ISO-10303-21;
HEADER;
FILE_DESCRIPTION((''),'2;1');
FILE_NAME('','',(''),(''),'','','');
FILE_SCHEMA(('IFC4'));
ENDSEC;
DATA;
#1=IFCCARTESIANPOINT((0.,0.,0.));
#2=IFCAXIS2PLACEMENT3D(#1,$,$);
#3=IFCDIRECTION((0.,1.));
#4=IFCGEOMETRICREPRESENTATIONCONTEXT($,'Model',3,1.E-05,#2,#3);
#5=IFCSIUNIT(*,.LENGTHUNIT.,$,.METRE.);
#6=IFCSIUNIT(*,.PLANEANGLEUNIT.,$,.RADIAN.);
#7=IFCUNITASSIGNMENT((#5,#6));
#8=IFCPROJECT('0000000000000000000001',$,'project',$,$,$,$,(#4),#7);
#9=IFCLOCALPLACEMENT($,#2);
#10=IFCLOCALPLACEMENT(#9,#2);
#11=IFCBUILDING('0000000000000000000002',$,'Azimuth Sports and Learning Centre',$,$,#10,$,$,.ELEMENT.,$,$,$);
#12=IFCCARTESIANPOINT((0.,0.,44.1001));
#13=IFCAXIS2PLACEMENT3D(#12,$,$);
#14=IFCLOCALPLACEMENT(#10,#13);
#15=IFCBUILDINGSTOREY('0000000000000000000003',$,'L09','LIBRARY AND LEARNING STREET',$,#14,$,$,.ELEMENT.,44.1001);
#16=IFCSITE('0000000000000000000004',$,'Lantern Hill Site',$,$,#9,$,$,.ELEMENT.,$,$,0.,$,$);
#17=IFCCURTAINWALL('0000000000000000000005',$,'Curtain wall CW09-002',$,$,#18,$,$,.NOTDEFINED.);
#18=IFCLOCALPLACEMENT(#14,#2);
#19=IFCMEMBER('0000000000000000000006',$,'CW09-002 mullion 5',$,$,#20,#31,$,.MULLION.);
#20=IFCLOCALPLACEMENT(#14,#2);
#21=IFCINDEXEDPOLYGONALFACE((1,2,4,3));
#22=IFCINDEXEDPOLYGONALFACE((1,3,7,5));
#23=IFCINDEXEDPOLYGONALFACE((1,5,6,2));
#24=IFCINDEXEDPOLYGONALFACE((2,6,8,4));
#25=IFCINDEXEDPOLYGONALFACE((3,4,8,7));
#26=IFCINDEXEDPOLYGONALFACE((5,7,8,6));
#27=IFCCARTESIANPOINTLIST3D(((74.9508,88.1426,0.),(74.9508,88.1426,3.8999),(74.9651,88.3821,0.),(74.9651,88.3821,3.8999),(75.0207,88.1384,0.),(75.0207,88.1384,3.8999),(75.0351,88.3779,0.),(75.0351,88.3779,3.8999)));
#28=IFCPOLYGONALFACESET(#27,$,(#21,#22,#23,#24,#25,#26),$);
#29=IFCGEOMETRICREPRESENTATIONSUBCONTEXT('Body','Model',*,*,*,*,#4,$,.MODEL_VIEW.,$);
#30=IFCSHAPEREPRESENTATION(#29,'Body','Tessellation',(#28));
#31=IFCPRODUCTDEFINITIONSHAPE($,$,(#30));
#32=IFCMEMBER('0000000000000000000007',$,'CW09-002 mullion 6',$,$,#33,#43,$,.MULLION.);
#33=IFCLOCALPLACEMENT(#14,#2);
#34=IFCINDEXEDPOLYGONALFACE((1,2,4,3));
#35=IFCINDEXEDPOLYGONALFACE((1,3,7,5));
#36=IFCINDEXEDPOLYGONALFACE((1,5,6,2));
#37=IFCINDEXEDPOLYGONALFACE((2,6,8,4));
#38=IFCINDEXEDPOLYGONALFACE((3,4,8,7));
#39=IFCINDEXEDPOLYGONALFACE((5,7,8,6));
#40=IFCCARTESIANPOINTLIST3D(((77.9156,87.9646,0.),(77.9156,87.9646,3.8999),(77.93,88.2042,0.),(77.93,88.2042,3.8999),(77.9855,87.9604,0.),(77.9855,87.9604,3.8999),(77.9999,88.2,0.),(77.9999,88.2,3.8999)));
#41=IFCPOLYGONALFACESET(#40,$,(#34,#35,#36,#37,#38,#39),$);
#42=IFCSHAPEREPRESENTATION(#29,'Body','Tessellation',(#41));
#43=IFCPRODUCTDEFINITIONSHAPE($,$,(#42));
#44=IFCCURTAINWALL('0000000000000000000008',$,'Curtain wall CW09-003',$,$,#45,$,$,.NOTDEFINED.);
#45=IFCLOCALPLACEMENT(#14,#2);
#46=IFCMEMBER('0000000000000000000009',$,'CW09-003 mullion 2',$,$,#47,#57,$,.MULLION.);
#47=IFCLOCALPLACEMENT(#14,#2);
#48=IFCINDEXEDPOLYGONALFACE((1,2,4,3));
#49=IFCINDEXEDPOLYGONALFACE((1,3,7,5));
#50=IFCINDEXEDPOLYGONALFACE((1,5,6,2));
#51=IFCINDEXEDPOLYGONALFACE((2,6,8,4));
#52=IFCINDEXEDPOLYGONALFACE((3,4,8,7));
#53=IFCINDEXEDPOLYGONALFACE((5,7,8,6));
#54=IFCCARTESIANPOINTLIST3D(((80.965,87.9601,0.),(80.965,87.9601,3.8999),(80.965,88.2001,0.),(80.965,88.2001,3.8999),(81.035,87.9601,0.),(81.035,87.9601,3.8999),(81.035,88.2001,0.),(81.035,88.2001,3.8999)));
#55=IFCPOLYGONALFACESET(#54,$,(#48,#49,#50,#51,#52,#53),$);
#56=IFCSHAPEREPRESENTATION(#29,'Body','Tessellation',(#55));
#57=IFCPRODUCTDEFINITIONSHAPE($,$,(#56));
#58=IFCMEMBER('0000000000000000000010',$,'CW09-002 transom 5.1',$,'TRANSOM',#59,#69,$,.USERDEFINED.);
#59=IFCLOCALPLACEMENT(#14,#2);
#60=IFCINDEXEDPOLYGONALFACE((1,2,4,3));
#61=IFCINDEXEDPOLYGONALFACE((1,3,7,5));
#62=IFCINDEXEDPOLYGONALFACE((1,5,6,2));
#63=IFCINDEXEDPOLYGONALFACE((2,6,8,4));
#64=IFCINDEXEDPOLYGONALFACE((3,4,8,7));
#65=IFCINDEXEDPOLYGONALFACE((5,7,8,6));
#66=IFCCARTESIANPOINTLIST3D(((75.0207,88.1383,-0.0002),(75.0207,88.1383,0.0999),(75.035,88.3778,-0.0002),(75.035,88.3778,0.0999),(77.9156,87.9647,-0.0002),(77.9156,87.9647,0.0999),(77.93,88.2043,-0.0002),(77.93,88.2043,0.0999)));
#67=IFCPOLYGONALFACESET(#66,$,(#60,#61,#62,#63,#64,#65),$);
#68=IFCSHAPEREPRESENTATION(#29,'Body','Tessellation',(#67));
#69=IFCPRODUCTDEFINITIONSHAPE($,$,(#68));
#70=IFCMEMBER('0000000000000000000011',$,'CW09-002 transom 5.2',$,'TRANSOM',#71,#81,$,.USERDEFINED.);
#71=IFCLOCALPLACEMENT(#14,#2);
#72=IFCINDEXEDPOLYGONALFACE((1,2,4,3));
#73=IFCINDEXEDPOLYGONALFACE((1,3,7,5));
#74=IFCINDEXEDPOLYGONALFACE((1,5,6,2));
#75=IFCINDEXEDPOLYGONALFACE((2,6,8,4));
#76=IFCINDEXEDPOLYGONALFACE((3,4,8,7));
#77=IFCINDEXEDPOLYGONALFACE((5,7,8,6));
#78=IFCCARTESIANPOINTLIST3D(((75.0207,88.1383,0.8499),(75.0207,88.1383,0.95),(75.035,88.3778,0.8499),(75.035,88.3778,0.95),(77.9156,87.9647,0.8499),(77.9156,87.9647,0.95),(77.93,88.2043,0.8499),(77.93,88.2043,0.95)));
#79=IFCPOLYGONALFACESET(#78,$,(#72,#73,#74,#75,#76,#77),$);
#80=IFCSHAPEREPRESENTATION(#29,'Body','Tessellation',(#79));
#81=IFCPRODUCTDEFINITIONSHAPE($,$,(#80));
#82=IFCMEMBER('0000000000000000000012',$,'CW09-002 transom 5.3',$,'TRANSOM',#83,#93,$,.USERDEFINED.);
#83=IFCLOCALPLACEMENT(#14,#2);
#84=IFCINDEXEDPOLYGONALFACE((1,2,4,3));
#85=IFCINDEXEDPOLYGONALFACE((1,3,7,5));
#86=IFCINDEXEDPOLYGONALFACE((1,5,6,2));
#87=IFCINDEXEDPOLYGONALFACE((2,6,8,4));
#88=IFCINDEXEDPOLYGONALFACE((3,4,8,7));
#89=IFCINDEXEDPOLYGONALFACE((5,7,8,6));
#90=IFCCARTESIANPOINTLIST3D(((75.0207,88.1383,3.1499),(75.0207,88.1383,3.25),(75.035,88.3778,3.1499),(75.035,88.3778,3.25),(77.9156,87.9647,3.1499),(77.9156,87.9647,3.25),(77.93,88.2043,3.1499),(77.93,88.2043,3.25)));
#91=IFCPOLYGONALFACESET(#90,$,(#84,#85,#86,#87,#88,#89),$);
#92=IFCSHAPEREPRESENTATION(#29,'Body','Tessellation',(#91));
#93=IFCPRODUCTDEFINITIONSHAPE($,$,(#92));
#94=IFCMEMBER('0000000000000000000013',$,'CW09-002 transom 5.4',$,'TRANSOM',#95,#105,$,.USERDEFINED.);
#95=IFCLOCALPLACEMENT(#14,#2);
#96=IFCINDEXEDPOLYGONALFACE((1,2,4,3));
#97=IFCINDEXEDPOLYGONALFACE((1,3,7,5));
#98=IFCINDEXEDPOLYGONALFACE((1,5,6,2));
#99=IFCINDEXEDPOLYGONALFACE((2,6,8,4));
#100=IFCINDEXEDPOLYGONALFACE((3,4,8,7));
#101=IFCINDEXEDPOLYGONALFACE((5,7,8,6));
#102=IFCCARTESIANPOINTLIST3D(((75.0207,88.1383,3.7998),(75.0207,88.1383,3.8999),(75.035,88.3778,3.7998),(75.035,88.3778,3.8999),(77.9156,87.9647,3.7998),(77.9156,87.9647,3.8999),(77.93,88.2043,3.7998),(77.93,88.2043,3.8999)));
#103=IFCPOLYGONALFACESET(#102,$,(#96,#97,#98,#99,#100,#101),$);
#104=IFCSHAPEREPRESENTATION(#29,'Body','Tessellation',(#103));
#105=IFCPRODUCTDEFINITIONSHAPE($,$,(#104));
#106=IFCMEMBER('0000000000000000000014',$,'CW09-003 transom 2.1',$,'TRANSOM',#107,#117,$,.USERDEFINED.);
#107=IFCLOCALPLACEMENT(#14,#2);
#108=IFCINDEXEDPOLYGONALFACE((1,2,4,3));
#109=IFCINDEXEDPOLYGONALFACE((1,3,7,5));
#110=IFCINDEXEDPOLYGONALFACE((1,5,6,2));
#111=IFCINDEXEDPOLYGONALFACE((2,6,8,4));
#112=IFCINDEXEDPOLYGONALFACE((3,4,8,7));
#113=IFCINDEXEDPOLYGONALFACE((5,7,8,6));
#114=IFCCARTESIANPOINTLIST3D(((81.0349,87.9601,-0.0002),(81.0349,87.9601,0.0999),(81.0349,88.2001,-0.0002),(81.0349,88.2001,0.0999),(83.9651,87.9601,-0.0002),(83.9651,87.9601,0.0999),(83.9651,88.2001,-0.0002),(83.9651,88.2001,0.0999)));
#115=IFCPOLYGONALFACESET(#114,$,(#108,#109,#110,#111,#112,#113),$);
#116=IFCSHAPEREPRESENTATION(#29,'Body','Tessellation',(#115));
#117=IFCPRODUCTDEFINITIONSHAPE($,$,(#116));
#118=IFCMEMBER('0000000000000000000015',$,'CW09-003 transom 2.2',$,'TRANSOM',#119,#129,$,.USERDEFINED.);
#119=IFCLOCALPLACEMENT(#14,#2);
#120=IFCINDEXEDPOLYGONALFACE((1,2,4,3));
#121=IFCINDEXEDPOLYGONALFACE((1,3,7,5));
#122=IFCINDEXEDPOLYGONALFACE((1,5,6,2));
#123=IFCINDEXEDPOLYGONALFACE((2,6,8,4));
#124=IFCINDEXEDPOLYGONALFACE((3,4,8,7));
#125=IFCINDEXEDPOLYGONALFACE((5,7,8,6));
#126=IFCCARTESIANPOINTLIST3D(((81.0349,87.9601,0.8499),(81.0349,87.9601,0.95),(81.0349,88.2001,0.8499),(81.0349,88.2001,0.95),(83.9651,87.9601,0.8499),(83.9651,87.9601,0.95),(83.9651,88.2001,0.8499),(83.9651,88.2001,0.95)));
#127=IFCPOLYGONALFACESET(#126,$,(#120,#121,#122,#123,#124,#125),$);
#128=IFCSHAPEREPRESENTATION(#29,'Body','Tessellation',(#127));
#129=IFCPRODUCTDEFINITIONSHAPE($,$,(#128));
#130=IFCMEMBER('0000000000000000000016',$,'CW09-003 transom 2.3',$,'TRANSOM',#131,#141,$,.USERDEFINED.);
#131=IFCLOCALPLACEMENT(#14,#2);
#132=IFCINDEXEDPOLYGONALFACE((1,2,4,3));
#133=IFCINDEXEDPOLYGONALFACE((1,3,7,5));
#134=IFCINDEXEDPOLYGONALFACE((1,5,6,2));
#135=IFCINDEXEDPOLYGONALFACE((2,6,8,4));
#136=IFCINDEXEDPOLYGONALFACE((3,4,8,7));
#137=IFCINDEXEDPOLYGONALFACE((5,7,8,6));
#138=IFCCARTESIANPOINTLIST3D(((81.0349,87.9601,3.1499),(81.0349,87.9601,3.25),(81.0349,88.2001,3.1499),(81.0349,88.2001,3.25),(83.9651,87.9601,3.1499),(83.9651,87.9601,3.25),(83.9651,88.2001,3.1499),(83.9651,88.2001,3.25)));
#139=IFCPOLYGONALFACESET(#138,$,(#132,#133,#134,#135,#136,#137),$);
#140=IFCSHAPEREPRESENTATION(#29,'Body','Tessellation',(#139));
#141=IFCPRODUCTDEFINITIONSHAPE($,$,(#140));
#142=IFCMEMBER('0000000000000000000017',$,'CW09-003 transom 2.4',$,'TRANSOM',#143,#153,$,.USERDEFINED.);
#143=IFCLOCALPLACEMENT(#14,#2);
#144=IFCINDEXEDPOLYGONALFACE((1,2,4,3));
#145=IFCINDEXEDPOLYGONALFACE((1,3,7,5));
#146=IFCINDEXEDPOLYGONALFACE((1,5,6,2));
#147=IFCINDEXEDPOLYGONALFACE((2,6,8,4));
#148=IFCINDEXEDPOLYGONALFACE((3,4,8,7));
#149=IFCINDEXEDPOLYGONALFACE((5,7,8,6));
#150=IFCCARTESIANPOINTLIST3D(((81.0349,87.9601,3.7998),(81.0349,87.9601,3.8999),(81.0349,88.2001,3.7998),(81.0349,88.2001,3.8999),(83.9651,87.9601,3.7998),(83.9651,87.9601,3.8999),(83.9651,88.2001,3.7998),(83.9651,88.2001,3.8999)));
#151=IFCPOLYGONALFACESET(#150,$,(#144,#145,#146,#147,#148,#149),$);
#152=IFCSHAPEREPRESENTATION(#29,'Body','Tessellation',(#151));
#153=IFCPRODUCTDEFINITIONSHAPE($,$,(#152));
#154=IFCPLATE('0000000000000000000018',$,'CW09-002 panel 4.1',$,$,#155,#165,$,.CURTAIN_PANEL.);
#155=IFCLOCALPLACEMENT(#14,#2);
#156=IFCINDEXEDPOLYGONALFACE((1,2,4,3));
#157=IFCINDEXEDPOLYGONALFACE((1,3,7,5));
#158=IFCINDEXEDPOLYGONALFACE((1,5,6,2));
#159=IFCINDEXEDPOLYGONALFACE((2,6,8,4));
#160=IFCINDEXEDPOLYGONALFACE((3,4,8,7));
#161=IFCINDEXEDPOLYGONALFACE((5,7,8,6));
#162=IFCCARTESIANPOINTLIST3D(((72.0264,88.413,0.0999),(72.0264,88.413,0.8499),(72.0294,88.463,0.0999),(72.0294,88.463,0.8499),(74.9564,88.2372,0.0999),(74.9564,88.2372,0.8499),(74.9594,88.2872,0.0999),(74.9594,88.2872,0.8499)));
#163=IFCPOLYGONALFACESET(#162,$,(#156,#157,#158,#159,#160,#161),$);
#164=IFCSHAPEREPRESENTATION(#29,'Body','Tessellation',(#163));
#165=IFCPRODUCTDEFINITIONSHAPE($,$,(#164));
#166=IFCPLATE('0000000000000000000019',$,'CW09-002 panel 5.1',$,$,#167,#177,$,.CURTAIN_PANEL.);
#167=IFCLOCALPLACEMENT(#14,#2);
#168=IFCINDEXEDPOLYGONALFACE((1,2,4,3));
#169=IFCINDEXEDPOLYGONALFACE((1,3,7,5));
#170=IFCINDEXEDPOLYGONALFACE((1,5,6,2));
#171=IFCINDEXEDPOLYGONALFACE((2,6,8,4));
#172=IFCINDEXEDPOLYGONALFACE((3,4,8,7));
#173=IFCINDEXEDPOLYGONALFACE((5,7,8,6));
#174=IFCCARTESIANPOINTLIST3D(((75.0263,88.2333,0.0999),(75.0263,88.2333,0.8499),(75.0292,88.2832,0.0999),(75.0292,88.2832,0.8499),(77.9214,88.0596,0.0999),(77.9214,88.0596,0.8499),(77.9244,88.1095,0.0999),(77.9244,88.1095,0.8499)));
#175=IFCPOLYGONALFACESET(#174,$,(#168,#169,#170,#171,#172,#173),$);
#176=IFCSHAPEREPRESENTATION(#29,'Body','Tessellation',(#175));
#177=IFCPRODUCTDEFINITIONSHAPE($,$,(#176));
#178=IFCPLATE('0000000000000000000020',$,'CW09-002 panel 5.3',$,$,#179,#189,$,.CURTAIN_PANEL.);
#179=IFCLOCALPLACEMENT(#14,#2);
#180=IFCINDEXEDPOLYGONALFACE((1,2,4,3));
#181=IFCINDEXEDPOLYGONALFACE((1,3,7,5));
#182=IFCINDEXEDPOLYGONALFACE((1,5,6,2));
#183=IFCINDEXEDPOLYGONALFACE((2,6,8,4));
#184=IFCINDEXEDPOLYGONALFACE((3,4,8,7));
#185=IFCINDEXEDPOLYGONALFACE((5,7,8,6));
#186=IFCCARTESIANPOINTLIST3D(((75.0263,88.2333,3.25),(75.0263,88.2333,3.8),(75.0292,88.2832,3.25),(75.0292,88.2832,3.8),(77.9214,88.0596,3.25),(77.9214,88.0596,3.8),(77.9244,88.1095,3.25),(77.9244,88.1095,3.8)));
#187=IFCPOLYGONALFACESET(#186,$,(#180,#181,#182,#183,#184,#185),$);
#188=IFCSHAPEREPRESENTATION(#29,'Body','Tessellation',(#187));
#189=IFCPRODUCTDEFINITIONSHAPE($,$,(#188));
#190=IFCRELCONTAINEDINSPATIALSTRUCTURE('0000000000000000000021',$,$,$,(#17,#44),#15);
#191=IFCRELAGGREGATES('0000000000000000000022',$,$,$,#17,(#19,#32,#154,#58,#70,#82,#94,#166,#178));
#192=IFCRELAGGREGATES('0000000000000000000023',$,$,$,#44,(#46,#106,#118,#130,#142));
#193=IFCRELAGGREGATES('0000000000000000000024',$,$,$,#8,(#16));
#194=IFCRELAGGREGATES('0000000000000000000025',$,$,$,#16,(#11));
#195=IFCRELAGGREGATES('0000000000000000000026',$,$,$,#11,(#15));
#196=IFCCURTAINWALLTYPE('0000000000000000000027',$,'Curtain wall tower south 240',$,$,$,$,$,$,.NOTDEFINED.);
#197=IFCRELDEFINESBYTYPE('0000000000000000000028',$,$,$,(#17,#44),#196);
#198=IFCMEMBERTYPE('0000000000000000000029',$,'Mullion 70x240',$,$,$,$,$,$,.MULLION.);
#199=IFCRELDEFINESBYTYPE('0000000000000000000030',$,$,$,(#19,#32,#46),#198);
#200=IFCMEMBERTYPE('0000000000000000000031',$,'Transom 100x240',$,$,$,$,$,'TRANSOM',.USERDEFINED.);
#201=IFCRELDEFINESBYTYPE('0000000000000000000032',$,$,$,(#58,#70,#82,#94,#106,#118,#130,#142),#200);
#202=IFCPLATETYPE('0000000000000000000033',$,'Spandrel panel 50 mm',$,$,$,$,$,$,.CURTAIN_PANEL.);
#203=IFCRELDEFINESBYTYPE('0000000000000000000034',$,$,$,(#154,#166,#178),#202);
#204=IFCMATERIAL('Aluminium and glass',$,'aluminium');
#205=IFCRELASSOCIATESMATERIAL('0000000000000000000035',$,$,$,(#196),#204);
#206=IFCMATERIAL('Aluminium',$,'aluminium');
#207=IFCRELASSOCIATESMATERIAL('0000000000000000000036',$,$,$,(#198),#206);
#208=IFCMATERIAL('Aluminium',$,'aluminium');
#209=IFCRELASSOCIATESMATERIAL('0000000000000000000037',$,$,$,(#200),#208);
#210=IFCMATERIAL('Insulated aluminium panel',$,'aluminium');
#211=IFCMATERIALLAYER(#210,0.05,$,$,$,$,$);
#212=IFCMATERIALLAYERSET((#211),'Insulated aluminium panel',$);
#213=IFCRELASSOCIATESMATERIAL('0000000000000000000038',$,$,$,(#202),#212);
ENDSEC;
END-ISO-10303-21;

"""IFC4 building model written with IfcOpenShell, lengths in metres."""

from ifc_helpers import new_model, si_unit, direction, frame, origin, origin_2d, place, context, subcontext, project, spatial, rectangle, extrude, material, layer, layer_set, material_profile, profile_set, type_object, element, aggregate, save


model = new_model("IFC4")

# Units and contexts
model_context = context("Model", 3, precision=1e-05, world=origin(), true_north=direction((0.0, 1.0)))
body_context = subcontext(model_context, "Body", "Model", "MODEL_VIEW")
ifc_project = project(units=[si_unit("LENGTHUNIT", "METRE"), si_unit("PLANEANGLEUNIT", "RADIAN")], contexts=[model_context])

# Site, building, storey
site_placement = place(None, origin())
site = spatial("IfcSite", under=ifc_project, at=site_placement, Name="Lantern Hill Site", CompositionType="ELEMENT", RefElevation=0.0)
building_placement = place(site_placement, origin())
building = spatial("IfcBuilding", under=site, at=building_placement, Name="Azimuth Sports and Learning Centre", CompositionType="ELEMENT")
storey_placement = place(building_placement, frame((0.0, 0.0, 44.1001)))
storey = spatial("IfcBuildingStorey", under=building, at=storey_placement, Name="L09", Description="LIBRARY AND LEARNING STREET", CompositionType="ELEMENT", Elevation=44.1001)

# Curtain wall, members
ifc_material_1 = material(Name="Aluminium and glass", Category="aluminium")
curtain_wall_type = type_object("IfcCurtainWallType", Name="Curtain wall tower south 240", PredefinedType="NOTDEFINED", material=ifc_material_1)
curtain_wall_1_placement = place(storey_placement, origin())
curtain_wall_1 = element("IfcCurtainWall", 1, at=curtain_wall_1_placement, inside=storey, type_object=curtain_wall_type, Name="Curtain wall CW09-002", PredefinedType="NOTDEFINED")
ifc_material_2 = material(Name="Aluminium", Category="aluminium")
ifc_material_profile_1 = material_profile(ifc_material_2, rectangle(XDim=0.24, YDim=0.0701, at=origin_2d()), Name="Mullion 70x240")
ifc_profile_set_1 = profile_set([ifc_material_profile_1], Name="Aluminium")
member_type_1 = type_object("IfcMemberType", Name="Mullion 70x240", PredefinedType="MULLION", material=ifc_profile_set_1)
member_1_placement = place(storey_placement, frame((74.9929, 88.2603, 0.0), z_axis=(0.0, 0.0, 1.0), x_axis=(0.059892, 0.998205, 0.0)))
member_1 = element("IfcMember", 2, at=member_1_placement, type_object=member_type_1, Name="CW09-002 mullion 5", PredefinedType="MULLION", context=body_context, shape_type="SweptSolid", body=[
    extrude(rectangle(XDim=0.24, YDim=0.0701, at=origin_2d()), origin(), (0.0, 0.0, 1.0), 3.8999),
])
member_2_placement = place(storey_placement, frame((77.9578, 88.0823, 0.0), z_axis=(0.0, 0.0, 1.0), x_axis=(0.059892, 0.998205, 0.0)))
member_2 = element("IfcMember", 3, at=member_2_placement, type_object=member_type_1, Name="CW09-002 mullion 6", PredefinedType="MULLION", context=body_context, shape_type="SweptSolid", body=[
    extrude(rectangle(XDim=0.24, YDim=0.0701, at=origin_2d()), origin(), (0.0, 0.0, 1.0), 3.8999),
])

# Curtain wall, member
curtain_wall_2_placement = place(storey_placement, origin())
curtain_wall_2 = element("IfcCurtainWall", 4, at=curtain_wall_2_placement, inside=storey, type_object=curtain_wall_type, Name="Curtain wall CW09-003", PredefinedType="NOTDEFINED")
member_3_placement = place(storey_placement, frame((81.0, 88.0801, 0.0), z_axis=(0.0, 0.0, 1.0), x_axis=(0.0, 1.0, 0.0)))
member_3 = element("IfcMember", 5, at=member_3_placement, type_object=member_type_1, Name="CW09-003 mullion 2", PredefinedType="MULLION", context=body_context, shape_type="SweptSolid", body=[
    extrude(rectangle(XDim=0.24, YDim=0.0701, at=origin_2d()), origin(), (0.0, 0.0, 1.0), 3.8999),
])

# Members
ifc_material_3 = material(Name="Aluminium", Category="aluminium")
ifc_material_profile_2 = material_profile(ifc_material_3, rectangle(XDim=0.24, YDim=0.1001, at=origin_2d()), Name="Transom 100x240")
ifc_profile_set_2 = profile_set([ifc_material_profile_2], Name="Aluminium")
member_type_2 = type_object("IfcMemberType", Name="Transom 100x240", ElementType="TRANSOM", PredefinedType="USERDEFINED", material=ifc_profile_set_2)
member_4_placement = place(storey_placement, frame((75.0278, 88.2581, 0.0498), z_axis=(0.998207, -0.059852, 0.0), x_axis=(0.059852, 0.998207, 0.0)))
member_4 = element("IfcMember", 6, at=member_4_placement, type_object=member_type_2, Name="CW09-002 transom 5.1", ObjectType="TRANSOM", PredefinedType="USERDEFINED", context=body_context, shape_type="SweptSolid", body=[
    extrude(rectangle(XDim=0.24, YDim=0.1001, at=origin_2d()), origin(), (0.0, 0.0, 1.0), 2.9001),
])
member_5_placement = place(storey_placement, frame((75.0278, 88.2581, 0.8999), z_axis=(0.998207, -0.059852, 0.0), x_axis=(0.059852, 0.998207, 0.0)))
member_5 = element("IfcMember", 7, at=member_5_placement, type_object=member_type_2, Name="CW09-002 transom 5.2", ObjectType="TRANSOM", PredefinedType="USERDEFINED", context=body_context, shape_type="SweptSolid", body=[
    extrude(rectangle(XDim=0.24, YDim=0.1001, at=origin_2d()), origin(), (0.0, 0.0, 1.0), 2.9001),
])
member_6_placement = place(storey_placement, frame((75.0278, 88.2581, 3.2), z_axis=(0.998207, -0.059852, 0.0), x_axis=(0.059852, 0.998207, 0.0)))
member_6 = element("IfcMember", 8, at=member_6_placement, type_object=member_type_2, Name="CW09-002 transom 5.3", ObjectType="TRANSOM", PredefinedType="USERDEFINED", context=body_context, shape_type="SweptSolid", body=[
    extrude(rectangle(XDim=0.24, YDim=0.1001, at=origin_2d()), origin(), (0.0, 0.0, 1.0), 2.9001),
])
member_7_placement = place(storey_placement, frame((75.0278, 88.2581, 3.8499), z_axis=(0.998207, -0.059852, 0.0), x_axis=(0.059852, 0.998207, 0.0)))
member_7 = element("IfcMember", 9, at=member_7_placement, type_object=member_type_2, Name="CW09-002 transom 5.4", ObjectType="TRANSOM", PredefinedType="USERDEFINED", context=body_context, shape_type="SweptSolid", body=[
    extrude(rectangle(XDim=0.24, YDim=0.1001, at=origin_2d()), origin(), (0.0, 0.0, 1.0), 2.9001),
])
member_8_placement = place(storey_placement, frame((81.0349, 88.0801, 0.0498), z_axis=(1.0, 0.0, 0.0), x_axis=(0.0, 1.0, 0.0)))
member_8 = element("IfcMember", 10, at=member_8_placement, type_object=member_type_2, Name="CW09-003 transom 2.1", ObjectType="TRANSOM", PredefinedType="USERDEFINED", context=body_context, shape_type="SweptSolid", body=[
    extrude(rectangle(XDim=0.24, YDim=0.1001, at=origin_2d()), origin(), (0.0, 0.0, 1.0), 2.9302),
])
member_9_placement = place(storey_placement, frame((81.0349, 88.0801, 0.8999), z_axis=(1.0, 0.0, 0.0), x_axis=(0.0, 1.0, 0.0)))
member_9 = element("IfcMember", 11, at=member_9_placement, type_object=member_type_2, Name="CW09-003 transom 2.2", ObjectType="TRANSOM", PredefinedType="USERDEFINED", context=body_context, shape_type="SweptSolid", body=[
    extrude(rectangle(XDim=0.24, YDim=0.1001, at=origin_2d()), origin(), (0.0, 0.0, 1.0), 2.9302),
])
member_10_placement = place(storey_placement, frame((81.0349, 88.0801, 3.2), z_axis=(1.0, 0.0, 0.0), x_axis=(0.0, 1.0, 0.0)))
member_10 = element("IfcMember", 12, at=member_10_placement, type_object=member_type_2, Name="CW09-003 transom 2.3", ObjectType="TRANSOM", PredefinedType="USERDEFINED", context=body_context, shape_type="SweptSolid", body=[
    extrude(rectangle(XDim=0.24, YDim=0.1001, at=origin_2d()), origin(), (0.0, 0.0, 1.0), 2.9302),
])
member_11_placement = place(storey_placement, frame((81.0349, 88.0801, 3.8499), z_axis=(1.0, 0.0, 0.0), x_axis=(0.0, 1.0, 0.0)))
member_11 = element("IfcMember", 13, at=member_11_placement, type_object=member_type_2, Name="CW09-003 transom 2.4", ObjectType="TRANSOM", PredefinedType="USERDEFINED", context=body_context, shape_type="SweptSolid", body=[
    extrude(rectangle(XDim=0.24, YDim=0.1001, at=origin_2d()), origin(), (0.0, 0.0, 1.0), 2.9302),
])

# Plates
ifc_material_4 = material(Name="Insulated aluminium panel", Category="aluminium")
ifc_layer_1 = layer(ifc_material_4, 0.05)
ifc_layer_set_1 = layer_set([ifc_layer_1], Name="Insulated aluminium panel")
plate_type_1 = type_object("IfcPlateType", Name="Spandrel panel 50 mm", PredefinedType="CURTAIN_PANEL", material=ifc_layer_set_1)
plate_1_placement = place(storey_placement, frame((73.4929, 88.3501, 0.0999), z_axis=(0.0, 0.0, 1.0), x_axis=(0.998205, -0.059892, 0.0)))
plate_1 = element("IfcPlate", 14, at=plate_1_placement, type_object=plate_type_1, Name="CW09-002 panel 4.1", PredefinedType="CURTAIN_PANEL", context=body_context, shape_type="SweptSolid", body=[
    extrude(rectangle(XDim=2.9353, YDim=0.05, at=origin_2d()), origin(), (0.0, 0.0, 1.0), 0.75),
])
plate_2_placement = place(storey_placement, frame((76.4753, 88.1714, 0.0999), z_axis=(0.0, 0.0, 1.0), x_axis=(0.998205, -0.059892, 0.0)))
plate_2 = element("IfcPlate", 15, at=plate_2_placement, type_object=plate_type_1, Name="CW09-002 panel 5.1", PredefinedType="CURTAIN_PANEL", context=body_context, shape_type="SweptSolid", body=[
    extrude(rectangle(XDim=2.9004, YDim=0.05, at=origin_2d()), origin(), (0.0, 0.0, 1.0), 0.75),
])
plate_3_placement = place(storey_placement, frame((76.4753, 88.1714, 3.25), z_axis=(0.0, 0.0, 1.0), x_axis=(0.998205, -0.059892, 0.0)))
plate_3 = element("IfcPlate", 16, at=plate_3_placement, type_object=plate_type_1, Name="CW09-002 panel 5.3", PredefinedType="CURTAIN_PANEL", context=body_context, shape_type="SweptSolid", body=[
    extrude(rectangle(XDim=2.9004, YDim=0.05, at=origin_2d()), origin(), (0.0, 0.0, 1.0), 0.55),
])
aggregate(curtain_wall_1, [member_1, member_2, plate_1, member_4, member_5, member_6, member_7, plate_2, plate_3])
aggregate(curtain_wall_2, [member_3, member_8, member_9, member_10, member_11])

save(model, "model.ifc")
